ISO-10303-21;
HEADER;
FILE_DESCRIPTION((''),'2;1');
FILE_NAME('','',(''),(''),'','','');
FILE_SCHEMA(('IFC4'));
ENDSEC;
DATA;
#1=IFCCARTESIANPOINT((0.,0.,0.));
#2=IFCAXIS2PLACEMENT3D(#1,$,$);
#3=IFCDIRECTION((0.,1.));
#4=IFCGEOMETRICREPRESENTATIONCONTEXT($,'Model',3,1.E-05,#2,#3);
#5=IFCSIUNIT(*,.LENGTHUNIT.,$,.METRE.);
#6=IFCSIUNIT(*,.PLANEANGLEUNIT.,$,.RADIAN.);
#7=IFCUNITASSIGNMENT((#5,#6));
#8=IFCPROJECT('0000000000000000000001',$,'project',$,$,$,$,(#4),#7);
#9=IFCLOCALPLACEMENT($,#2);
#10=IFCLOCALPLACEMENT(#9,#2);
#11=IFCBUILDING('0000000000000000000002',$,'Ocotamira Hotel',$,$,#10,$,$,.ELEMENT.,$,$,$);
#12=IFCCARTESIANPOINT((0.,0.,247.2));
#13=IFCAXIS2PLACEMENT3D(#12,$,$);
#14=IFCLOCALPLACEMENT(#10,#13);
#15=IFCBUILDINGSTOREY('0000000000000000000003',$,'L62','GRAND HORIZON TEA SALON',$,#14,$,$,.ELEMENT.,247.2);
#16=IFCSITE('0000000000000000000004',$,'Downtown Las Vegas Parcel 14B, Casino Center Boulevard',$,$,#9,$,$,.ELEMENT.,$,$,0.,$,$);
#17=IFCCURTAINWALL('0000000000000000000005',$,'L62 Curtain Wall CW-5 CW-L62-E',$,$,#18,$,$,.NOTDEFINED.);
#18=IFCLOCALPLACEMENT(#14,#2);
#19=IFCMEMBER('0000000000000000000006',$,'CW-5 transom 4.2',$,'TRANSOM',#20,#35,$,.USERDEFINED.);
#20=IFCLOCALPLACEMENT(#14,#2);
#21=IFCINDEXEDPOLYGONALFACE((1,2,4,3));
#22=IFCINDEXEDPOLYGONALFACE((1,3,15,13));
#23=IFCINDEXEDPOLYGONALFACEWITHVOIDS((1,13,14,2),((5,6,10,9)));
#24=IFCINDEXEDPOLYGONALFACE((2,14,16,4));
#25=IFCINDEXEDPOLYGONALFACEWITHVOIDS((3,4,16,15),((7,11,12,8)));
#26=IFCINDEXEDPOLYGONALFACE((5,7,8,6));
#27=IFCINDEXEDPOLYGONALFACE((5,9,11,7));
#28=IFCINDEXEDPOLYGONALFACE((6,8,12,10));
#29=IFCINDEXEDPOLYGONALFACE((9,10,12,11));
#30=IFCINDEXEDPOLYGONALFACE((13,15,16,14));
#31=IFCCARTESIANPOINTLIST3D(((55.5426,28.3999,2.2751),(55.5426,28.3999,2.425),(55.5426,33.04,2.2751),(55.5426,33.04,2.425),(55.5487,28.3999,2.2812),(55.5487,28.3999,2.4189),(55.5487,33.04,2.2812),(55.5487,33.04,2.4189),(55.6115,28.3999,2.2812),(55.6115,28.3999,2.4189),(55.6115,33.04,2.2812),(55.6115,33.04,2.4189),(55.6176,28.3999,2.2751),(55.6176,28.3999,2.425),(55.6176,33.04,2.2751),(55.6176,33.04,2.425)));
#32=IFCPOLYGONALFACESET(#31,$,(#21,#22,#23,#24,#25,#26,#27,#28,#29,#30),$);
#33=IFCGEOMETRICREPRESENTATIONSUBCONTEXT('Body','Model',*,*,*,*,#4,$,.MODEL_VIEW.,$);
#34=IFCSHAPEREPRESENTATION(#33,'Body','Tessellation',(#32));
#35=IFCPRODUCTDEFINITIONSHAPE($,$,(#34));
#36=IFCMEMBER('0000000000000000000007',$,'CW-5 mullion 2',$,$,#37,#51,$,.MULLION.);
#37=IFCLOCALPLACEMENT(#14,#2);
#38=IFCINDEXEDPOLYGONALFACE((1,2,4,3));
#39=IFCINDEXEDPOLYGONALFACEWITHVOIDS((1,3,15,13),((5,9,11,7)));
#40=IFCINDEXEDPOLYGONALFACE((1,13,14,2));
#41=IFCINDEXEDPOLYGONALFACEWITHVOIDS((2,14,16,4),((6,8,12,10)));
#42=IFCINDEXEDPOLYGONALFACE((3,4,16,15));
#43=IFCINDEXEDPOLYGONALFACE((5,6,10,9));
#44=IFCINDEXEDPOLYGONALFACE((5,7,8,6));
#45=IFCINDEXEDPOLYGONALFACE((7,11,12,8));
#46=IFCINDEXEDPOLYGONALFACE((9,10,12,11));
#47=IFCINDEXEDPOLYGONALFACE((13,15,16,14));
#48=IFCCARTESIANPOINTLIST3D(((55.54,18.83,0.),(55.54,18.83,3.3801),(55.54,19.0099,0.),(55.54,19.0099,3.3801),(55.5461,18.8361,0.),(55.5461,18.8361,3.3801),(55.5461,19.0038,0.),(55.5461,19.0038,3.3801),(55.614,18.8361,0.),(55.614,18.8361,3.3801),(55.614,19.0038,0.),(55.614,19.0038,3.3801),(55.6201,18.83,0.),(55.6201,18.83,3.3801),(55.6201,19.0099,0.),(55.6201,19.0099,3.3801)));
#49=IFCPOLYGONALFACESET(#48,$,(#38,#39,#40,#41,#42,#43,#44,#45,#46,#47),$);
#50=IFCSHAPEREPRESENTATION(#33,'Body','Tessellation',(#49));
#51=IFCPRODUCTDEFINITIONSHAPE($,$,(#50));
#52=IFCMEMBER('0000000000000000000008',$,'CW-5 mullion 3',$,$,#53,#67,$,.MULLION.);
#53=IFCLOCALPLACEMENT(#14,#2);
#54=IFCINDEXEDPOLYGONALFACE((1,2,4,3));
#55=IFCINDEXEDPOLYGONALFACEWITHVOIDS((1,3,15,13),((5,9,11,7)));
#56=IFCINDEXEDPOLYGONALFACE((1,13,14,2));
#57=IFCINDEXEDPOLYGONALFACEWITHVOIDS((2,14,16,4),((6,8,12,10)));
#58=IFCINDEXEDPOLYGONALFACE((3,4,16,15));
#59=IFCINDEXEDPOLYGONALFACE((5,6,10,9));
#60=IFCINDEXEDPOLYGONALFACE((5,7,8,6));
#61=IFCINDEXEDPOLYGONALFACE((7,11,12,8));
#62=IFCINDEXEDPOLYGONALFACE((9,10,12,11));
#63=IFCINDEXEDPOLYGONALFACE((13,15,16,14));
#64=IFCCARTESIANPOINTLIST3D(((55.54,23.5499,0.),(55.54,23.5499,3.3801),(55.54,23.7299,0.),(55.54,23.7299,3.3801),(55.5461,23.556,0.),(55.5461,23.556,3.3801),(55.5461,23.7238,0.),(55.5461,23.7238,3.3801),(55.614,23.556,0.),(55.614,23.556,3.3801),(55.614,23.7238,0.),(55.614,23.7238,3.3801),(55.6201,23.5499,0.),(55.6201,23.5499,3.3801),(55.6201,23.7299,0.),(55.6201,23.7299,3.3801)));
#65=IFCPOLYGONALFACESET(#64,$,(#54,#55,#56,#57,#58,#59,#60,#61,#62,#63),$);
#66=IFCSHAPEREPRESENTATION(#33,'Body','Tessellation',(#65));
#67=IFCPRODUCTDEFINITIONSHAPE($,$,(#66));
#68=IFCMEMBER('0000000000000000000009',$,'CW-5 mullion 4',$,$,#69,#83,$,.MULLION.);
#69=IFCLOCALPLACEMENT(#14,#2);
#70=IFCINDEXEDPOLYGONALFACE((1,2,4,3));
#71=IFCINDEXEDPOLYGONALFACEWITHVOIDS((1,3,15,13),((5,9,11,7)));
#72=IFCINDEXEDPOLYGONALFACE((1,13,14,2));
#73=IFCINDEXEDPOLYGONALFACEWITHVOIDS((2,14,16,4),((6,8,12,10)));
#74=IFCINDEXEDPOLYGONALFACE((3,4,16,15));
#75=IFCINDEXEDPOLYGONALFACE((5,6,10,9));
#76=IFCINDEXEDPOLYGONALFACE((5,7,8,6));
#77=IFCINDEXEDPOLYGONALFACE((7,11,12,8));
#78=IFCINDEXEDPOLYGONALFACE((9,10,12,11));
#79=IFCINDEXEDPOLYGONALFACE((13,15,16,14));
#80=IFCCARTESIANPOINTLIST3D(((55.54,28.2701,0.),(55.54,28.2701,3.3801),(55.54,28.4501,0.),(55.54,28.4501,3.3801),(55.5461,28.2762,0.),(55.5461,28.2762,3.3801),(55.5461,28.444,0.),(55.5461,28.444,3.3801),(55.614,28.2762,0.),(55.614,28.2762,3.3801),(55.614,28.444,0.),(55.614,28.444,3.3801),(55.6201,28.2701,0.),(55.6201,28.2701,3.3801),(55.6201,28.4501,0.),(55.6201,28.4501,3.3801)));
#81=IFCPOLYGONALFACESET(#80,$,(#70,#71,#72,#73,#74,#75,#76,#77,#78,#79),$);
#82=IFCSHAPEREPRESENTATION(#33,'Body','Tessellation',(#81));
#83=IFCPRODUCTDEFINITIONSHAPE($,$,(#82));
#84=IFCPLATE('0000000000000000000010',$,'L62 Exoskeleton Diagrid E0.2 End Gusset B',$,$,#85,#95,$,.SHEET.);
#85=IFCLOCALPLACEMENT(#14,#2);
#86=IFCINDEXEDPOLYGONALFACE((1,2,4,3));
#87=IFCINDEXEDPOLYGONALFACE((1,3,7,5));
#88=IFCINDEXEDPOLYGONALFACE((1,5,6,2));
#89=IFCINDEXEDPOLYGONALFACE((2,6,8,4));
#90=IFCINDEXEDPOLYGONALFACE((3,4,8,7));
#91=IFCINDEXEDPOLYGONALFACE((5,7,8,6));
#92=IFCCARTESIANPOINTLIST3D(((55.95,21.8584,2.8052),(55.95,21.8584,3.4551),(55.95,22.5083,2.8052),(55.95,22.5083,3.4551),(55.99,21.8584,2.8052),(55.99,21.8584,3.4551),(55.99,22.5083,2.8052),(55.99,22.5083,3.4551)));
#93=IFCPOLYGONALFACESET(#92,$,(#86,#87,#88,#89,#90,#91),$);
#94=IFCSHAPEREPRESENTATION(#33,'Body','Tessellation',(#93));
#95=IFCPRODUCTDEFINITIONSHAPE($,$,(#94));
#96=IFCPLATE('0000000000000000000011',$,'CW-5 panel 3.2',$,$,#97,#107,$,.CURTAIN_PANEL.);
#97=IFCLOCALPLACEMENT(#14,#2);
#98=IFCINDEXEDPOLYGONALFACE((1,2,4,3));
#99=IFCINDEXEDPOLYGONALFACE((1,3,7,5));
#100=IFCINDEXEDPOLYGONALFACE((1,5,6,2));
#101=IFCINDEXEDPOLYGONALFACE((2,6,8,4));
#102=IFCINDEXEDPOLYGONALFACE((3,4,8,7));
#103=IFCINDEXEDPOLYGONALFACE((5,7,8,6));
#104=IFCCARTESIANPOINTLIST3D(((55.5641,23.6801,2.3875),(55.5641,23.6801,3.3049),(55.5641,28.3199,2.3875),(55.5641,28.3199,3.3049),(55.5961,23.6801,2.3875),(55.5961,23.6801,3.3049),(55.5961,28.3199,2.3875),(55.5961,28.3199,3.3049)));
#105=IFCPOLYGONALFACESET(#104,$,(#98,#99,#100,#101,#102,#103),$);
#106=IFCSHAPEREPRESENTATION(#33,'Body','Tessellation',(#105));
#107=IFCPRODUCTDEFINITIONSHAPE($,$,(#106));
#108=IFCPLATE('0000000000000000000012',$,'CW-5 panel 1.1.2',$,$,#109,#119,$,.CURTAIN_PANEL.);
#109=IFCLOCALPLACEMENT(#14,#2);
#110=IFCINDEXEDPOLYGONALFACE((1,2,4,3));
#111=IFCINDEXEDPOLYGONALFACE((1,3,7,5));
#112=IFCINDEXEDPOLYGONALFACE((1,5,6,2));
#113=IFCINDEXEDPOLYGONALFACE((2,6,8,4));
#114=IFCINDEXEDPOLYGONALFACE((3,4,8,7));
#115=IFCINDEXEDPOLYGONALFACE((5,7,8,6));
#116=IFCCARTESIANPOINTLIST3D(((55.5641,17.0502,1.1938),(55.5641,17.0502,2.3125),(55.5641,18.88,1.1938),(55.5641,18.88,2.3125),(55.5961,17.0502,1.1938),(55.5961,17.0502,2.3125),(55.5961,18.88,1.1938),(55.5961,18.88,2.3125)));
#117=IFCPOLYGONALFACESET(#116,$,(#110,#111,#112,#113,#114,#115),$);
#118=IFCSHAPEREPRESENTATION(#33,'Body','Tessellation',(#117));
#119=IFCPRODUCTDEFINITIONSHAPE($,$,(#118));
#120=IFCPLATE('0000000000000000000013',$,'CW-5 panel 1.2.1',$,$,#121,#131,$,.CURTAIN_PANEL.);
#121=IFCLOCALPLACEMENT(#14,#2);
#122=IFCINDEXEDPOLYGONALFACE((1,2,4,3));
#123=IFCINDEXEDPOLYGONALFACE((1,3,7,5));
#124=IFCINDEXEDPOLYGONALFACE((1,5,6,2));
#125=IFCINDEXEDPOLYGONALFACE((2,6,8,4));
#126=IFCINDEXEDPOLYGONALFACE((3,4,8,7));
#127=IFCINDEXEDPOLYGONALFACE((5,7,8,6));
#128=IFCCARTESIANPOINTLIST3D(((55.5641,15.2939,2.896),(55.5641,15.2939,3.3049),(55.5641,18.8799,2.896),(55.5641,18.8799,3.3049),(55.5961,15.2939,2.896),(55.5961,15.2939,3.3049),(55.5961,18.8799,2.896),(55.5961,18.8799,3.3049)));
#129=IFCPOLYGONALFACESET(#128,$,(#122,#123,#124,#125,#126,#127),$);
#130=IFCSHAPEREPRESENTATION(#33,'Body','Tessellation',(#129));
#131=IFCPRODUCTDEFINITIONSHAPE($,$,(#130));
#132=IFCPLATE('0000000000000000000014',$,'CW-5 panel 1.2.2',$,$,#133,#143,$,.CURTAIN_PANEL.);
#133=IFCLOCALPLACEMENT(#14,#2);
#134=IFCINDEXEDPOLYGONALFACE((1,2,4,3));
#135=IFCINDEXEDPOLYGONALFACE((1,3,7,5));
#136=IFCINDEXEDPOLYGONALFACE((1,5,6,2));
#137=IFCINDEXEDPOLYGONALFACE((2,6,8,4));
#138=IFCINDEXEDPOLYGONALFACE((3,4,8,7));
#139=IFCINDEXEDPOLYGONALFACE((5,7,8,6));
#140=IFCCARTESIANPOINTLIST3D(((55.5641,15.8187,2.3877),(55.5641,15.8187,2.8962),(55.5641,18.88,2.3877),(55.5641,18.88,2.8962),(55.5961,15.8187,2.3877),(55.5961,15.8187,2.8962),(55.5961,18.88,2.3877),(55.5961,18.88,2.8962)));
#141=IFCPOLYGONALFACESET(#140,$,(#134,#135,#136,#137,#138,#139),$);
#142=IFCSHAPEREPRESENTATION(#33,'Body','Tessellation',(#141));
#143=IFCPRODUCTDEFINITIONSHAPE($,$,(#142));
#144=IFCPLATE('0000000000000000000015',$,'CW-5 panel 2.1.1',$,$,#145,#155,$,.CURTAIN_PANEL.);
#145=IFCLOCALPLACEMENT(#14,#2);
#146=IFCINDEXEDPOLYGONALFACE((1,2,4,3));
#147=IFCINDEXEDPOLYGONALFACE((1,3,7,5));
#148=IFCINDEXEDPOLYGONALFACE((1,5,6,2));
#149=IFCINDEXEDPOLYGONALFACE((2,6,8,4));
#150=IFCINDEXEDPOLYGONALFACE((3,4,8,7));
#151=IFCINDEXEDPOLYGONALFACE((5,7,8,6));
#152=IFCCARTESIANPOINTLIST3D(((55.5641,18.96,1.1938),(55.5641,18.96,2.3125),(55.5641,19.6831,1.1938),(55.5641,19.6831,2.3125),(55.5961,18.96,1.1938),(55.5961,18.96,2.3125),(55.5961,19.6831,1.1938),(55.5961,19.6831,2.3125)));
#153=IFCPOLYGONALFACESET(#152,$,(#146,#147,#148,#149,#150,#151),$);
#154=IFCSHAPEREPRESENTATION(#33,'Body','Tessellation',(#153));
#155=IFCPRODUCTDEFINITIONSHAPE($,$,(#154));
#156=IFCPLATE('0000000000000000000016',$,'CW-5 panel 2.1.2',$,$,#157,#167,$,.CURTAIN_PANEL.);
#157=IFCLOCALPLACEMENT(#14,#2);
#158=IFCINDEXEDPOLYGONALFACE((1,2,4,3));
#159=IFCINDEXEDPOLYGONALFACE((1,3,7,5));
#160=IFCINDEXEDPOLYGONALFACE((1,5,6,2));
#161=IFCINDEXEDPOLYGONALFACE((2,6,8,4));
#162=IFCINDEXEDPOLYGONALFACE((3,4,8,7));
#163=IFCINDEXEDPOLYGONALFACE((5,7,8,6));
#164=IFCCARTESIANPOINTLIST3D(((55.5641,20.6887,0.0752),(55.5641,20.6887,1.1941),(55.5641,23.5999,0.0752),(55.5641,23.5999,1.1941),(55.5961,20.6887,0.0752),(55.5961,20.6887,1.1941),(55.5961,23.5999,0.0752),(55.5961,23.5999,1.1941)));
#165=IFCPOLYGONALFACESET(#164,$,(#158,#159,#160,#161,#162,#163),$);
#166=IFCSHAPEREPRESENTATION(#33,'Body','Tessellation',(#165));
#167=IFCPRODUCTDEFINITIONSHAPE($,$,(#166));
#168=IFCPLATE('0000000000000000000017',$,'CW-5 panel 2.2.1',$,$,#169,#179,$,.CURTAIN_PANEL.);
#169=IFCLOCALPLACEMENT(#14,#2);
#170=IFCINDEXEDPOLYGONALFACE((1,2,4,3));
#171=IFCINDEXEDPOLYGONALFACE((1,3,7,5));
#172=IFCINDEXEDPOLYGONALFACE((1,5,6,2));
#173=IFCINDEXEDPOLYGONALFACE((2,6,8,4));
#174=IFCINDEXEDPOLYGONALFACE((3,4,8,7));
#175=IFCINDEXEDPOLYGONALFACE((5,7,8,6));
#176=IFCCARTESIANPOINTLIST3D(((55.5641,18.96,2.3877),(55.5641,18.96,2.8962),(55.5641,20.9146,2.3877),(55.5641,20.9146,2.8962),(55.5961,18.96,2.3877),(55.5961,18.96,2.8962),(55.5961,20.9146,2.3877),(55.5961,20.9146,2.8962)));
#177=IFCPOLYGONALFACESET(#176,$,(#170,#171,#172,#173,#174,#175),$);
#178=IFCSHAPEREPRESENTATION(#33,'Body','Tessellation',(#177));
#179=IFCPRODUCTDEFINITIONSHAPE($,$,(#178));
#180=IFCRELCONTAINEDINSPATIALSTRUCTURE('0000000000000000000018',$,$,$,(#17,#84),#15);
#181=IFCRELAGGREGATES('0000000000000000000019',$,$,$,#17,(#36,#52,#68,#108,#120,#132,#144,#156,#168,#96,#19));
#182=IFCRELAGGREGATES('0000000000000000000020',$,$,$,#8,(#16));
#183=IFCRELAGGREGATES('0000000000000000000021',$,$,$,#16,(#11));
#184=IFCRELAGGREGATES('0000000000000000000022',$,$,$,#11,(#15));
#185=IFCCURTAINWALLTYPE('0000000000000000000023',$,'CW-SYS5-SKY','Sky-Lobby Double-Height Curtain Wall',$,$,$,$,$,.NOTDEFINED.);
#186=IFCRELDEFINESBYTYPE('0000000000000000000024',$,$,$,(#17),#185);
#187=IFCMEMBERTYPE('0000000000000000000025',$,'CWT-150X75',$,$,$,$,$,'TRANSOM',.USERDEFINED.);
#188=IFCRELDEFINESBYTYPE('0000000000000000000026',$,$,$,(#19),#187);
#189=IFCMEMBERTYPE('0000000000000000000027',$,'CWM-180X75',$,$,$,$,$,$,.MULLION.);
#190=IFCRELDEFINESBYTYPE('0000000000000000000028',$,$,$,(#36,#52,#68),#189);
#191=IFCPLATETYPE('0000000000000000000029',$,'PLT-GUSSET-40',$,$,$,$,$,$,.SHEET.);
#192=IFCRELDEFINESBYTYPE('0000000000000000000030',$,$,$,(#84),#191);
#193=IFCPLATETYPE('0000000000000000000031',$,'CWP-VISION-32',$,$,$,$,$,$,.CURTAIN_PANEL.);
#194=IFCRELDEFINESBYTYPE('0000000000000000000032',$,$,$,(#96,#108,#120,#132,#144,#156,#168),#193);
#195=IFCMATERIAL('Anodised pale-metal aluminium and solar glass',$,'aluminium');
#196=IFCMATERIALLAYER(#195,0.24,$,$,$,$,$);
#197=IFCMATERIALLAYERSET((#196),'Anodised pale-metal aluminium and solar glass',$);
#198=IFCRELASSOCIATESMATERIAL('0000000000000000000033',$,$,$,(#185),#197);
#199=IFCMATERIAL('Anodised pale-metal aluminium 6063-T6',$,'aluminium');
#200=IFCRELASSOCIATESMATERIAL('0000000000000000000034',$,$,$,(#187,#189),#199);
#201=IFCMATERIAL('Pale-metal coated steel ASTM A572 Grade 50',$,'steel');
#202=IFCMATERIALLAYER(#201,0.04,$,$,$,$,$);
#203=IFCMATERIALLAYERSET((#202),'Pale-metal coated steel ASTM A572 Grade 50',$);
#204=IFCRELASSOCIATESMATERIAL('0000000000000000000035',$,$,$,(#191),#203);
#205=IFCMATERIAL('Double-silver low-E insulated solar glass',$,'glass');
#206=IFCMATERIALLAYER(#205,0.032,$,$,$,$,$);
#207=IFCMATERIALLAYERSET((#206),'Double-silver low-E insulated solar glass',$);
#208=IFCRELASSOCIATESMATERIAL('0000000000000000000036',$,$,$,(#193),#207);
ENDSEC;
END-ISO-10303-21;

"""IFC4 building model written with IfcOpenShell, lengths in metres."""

from ifc_helpers import new_model, si_unit, direction, frame, origin, origin_2d, place, context, subcontext, project, spatial, rectangle, hollow_rectangle, extrude, source, transform, mapped, material, layer, layer_set, material_profile, profile_set, type_object, element, aggregate, save


model = new_model("IFC4")

# Units and contexts
model_context = context("Model", 3, precision=1e-05, world=origin(), true_north=direction((0.0, 1.0)))
body_context = subcontext(model_context, "Body", "Model", "MODEL_VIEW")
ifc_project = project(units=[si_unit("LENGTHUNIT", "METRE"), si_unit("PLANEANGLEUNIT", "RADIAN")], contexts=[model_context])

# Site, building, storey
site_placement = place(None, origin())
site = spatial("IfcSite", under=ifc_project, at=site_placement, Name="Downtown Las Vegas Parcel 14B, Casino Center Boulevard", CompositionType="ELEMENT", RefElevation=0.0)
building_placement = place(site_placement, origin())
building = spatial("IfcBuilding", under=site, at=building_placement, Name="Ocotamira Hotel", CompositionType="ELEMENT")
storey_placement = place(building_placement, frame((0.0, 0.0, 247.2)))
storey = spatial("IfcBuildingStorey", under=building, at=storey_placement, Name="L62", Description="GRAND HORIZON TEA SALON", CompositionType="ELEMENT", Elevation=247.2)

# Curtain wall, members
ifc_material_1 = material(Name="Anodised pale-metal aluminium and solar glass", Category="aluminium")
ifc_layer_1 = layer(ifc_material_1, 0.24)
ifc_layer_set_1 = layer_set([ifc_layer_1], Name="Anodised pale-metal aluminium and solar glass")
curtain_wall_type = type_object("IfcCurtainWallType", Name="CW-SYS5-SKY", Description="Sky-Lobby Double-Height Curtain Wall", PredefinedType="NOTDEFINED", material=ifc_layer_set_1)
curtain_wall_placement = place(storey_placement, origin())
curtain_wall = element("IfcCurtainWall", 1, at=curtain_wall_placement, inside=storey, type_object=curtain_wall_type, Name="L62 Curtain Wall CW-5 CW-L62-E", PredefinedType="NOTDEFINED")
ifc_material_2 = material(Name="Anodised pale-metal aluminium 6063-T6", Category="aluminium")
ifc_material_profile_1 = material_profile(ifc_material_2, hollow_rectangle(XDim=0.075, YDim=0.1499, WallThickness=0.0061, at=origin_2d()), Name="HSS150X75X6")
ifc_profile_set_1 = profile_set([ifc_material_profile_1], Name="Anodised pale-metal aluminium 6063-T6")
member_type_1 = type_object("IfcMemberType", Name="CWT-150X75", ElementType="TRANSOM", PredefinedType="USERDEFINED", material=ifc_profile_set_1)
shared_shape_1 = source(origin(), body_context, "Body", "SweptSolid", [
    extrude(hollow_rectangle(XDim=0.075, YDim=0.1499, WallThickness=0.0061, at=origin_2d()), origin(), (0.0, 0.0, 1.0), 4.6401),
])
member_1_placement = place(storey_placement, frame((55.5801, 28.3999, 2.3501), z_axis=(0.0, 1.0, 0.0), x_axis=(-1.0, 0.0, 0.0)))
member_1 = element("IfcMember", 2, at=member_1_placement, type_object=member_type_1, Name="CW-5 transom 4.2", ObjectType="TRANSOM", PredefinedType="USERDEFINED", context=body_context, shape_type="MappedRepresentation", body=[
    mapped(shared_shape_1, transform((0.0, 0.0, 0.0), scale=1.0)),
])
ifc_material_profile_2 = material_profile(ifc_material_2, hollow_rectangle(XDim=0.0801, YDim=0.1799, WallThickness=0.0061, at=origin_2d()), Name="HSS180X80X6")
ifc_profile_set_2 = profile_set([ifc_material_profile_2], Name="Anodised pale-metal aluminium 6063-T6")
member_type_2 = type_object("IfcMemberType", Name="CWM-180X75", PredefinedType="MULLION", material=ifc_profile_set_2)
shared_shape_2 = source(origin(), body_context, "Body", "SweptSolid", [
    extrude(hollow_rectangle(XDim=0.0801, YDim=0.1799, WallThickness=0.0061, at=origin_2d()), origin(), (0.0, 0.0, 1.0), 3.3801),
])
member_2_placement = place(storey_placement, frame((55.5801, 18.9199, 0.0), z_axis=(0.0, 0.0, 1.0), x_axis=(-1.0, 0.0, 0.0)))
member_2 = element("IfcMember", 3, at=member_2_placement, type_object=member_type_2, Name="CW-5 mullion 2", PredefinedType="MULLION", context=body_context, shape_type="MappedRepresentation", body=[
    mapped(shared_shape_2, transform((0.0, 0.0, 0.0), scale=1.0)),
])
member_3_placement = place(storey_placement, frame((55.5801, 23.6399, 0.0), z_axis=(0.0, 0.0, 1.0), x_axis=(-1.0, 0.0, 0.0)))
member_3 = element("IfcMember", 4, at=member_3_placement, type_object=member_type_2, Name="CW-5 mullion 3", PredefinedType="MULLION", context=body_context, shape_type="MappedRepresentation", body=[
    mapped(shared_shape_2, transform((0.0, 0.0, 0.0), scale=1.0)),
])
member_4_placement = place(storey_placement, frame((55.5801, 28.3601, 0.0), z_axis=(0.0, 0.0, 1.0), x_axis=(-1.0, 0.0, 0.0)))
member_4 = element("IfcMember", 5, at=member_4_placement, type_object=member_type_2, Name="CW-5 mullion 4", PredefinedType="MULLION", context=body_context, shape_type="MappedRepresentation", body=[
    mapped(shared_shape_2, transform((0.0, 0.0, 0.0), scale=1.0)),
])

# Plates
ifc_material_3 = material(Name="Pale-metal coated steel ASTM A572 Grade 50", Category="steel")
ifc_layer_2 = layer(ifc_material_3, 0.04)
ifc_layer_set_2 = layer_set([ifc_layer_2], Name="Pale-metal coated steel ASTM A572 Grade 50")
plate_type_1 = type_object("IfcPlateType", Name="PLT-GUSSET-40", PredefinedType="SHEET", material=ifc_layer_set_2)
shared_shape_3 = source(origin(), body_context, "Body", "SweptSolid", [
    extrude(rectangle(XDim=0.04, YDim=0.6499, at=origin_2d()), origin(), (0.0, 0.0, 1.0), 0.6499),
])
plate_1_placement = place(storey_placement, frame((55.97, 22.1833, 2.8052), z_axis=(0.0, 0.0, 1.0), x_axis=(1.0, 0.0, 0.0)))
element("IfcPlate", 6, at=plate_1_placement, inside=storey, type_object=plate_type_1, Name="L62 Exoskeleton Diagrid E0.2 End Gusset B", PredefinedType="SHEET", context=body_context, shape_type="MappedRepresentation", body=[
    mapped(shared_shape_3, transform((0.0, 0.0, 0.0), scale=1.0)),
])
ifc_material_4 = material(Name="Double-silver low-E insulated solar glass", Category="glass")
ifc_layer_3 = layer(ifc_material_4, 0.032)
ifc_layer_set_3 = layer_set([ifc_layer_3], Name="Double-silver low-E insulated solar glass")
plate_type_2 = type_object("IfcPlateType", Name="CWP-VISION-32", PredefinedType="CURTAIN_PANEL", material=ifc_layer_set_3)
shared_shape_4 = source(origin(), body_context, "Body", "SweptSolid", [
    extrude(rectangle(XDim=4.6399, YDim=0.032, at=origin_2d()), origin(), (0.0, 0.0, 1.0), 0.9175),
])
plate_2_placement = place(storey_placement, frame((55.5801, 26.0, 2.3875), z_axis=(0.0, 0.0, 1.0), x_axis=(0.0, 1.0, 0.0)))
plate_2 = element("IfcPlate", 7, at=plate_2_placement, type_object=plate_type_2, Name="CW-5 panel 3.2", PredefinedType="CURTAIN_PANEL", context=body_context, shape_type="MappedRepresentation", body=[
    mapped(shared_shape_4, transform((0.0, 0.0, 0.0), scale=1.0)),
])
shared_shape_5 = source(origin(), body_context, "Body", "SweptSolid", [
    extrude(rectangle(XDim=1.8298, YDim=0.032, at=origin_2d()), origin(), (0.0, 0.0, 1.0), 1.1187),
])
plate_3_placement = place(storey_placement, frame((55.5801, 17.9651, 1.1938), z_axis=(0.0, 0.0, 1.0), x_axis=(0.0, 1.0, 0.0)))
plate_3 = element("IfcPlate", 8, at=plate_3_placement, type_object=plate_type_2, Name="CW-5 panel 1.1.2", PredefinedType="CURTAIN_PANEL", context=body_context, shape_type="MappedRepresentation", body=[
    mapped(shared_shape_5, transform((0.0, 0.0, 0.0), scale=1.0)),
])
shared_shape_6 = source(origin(), body_context, "Body", "SweptSolid", [
    extrude(rectangle(XDim=3.5859, YDim=0.032, at=origin_2d()), origin(), (0.0, 0.0, 1.0), 0.4089),
])
plate_4_placement = place(storey_placement, frame((55.5801, 17.0869, 2.896), z_axis=(0.0, 0.0, 1.0), x_axis=(0.0, 1.0, 0.0)))
plate_4 = element("IfcPlate", 9, at=plate_4_placement, type_object=plate_type_2, Name="CW-5 panel 1.2.1", PredefinedType="CURTAIN_PANEL", context=body_context, shape_type="MappedRepresentation", body=[
    mapped(shared_shape_6, transform((0.0, 0.0, 0.0), scale=1.0)),
])
shared_shape_7 = source(origin(), body_context, "Body", "SweptSolid", [
    extrude(rectangle(XDim=3.0613, YDim=0.032, at=origin_2d()), origin(), (0.0, 0.0, 1.0), 0.5085),
])
plate_5_placement = place(storey_placement, frame((55.5801, 17.3494, 2.3877), z_axis=(0.0, 0.0, 1.0), x_axis=(0.0, 1.0, 0.0)))
plate_5 = element("IfcPlate", 10, at=plate_5_placement, type_object=plate_type_2, Name="CW-5 panel 1.2.2", PredefinedType="CURTAIN_PANEL", context=body_context, shape_type="MappedRepresentation", body=[
    mapped(shared_shape_7, transform((0.0, 0.0, 0.0), scale=1.0)),
])
shared_shape_8 = source(origin(), body_context, "Body", "SweptSolid", [
    extrude(rectangle(XDim=0.7231, YDim=0.032, at=origin_2d()), origin(), (0.0, 0.0, 1.0), 1.1187),
])
plate_6_placement = place(storey_placement, frame((55.5801, 19.3215, 1.1938), z_axis=(0.0, 0.0, 1.0), x_axis=(0.0, 1.0, 0.0)))
plate_6 = element("IfcPlate", 11, at=plate_6_placement, type_object=plate_type_2, Name="CW-5 panel 2.1.1", PredefinedType="CURTAIN_PANEL", context=body_context, shape_type="MappedRepresentation", body=[
    mapped(shared_shape_8, transform((0.0, 0.0, 0.0), scale=1.0)),
])
shared_shape_9 = source(origin(), body_context, "Body", "SweptSolid", [
    extrude(rectangle(XDim=2.9111, YDim=0.032, at=origin_2d()), origin(), (0.0, 0.0, 1.0), 1.1189),
])
plate_7_placement = place(storey_placement, frame((55.5801, 22.1443, 0.0752), z_axis=(0.0, 0.0, 1.0), x_axis=(0.0, 1.0, 0.0)))
plate_7 = element("IfcPlate", 12, at=plate_7_placement, type_object=plate_type_2, Name="CW-5 panel 2.1.2", PredefinedType="CURTAIN_PANEL", context=body_context, shape_type="MappedRepresentation", body=[
    mapped(shared_shape_9, transform((0.0, 0.0, 0.0), scale=1.0)),
])
shared_shape_10 = source(origin(), body_context, "Body", "SweptSolid", [
    extrude(rectangle(XDim=1.9546, YDim=0.032, at=origin_2d()), origin(), (0.0, 0.0, 1.0), 0.5085),
])
plate_8_placement = place(storey_placement, frame((55.5801, 19.9373, 2.3877), z_axis=(0.0, 0.0, 1.0), x_axis=(0.0, 1.0, 0.0)))
plate_8 = element("IfcPlate", 13, at=plate_8_placement, type_object=plate_type_2, Name="CW-5 panel 2.2.1", PredefinedType="CURTAIN_PANEL", context=body_context, shape_type="MappedRepresentation", body=[
    mapped(shared_shape_10, transform((0.0, 0.0, 0.0), scale=1.0)),
])
aggregate(curtain_wall, [member_2, member_3, member_4, plate_3, plate_4, plate_5, plate_6, plate_7, plate_8, plate_2, member_1])

save(model, "model.ifc")
